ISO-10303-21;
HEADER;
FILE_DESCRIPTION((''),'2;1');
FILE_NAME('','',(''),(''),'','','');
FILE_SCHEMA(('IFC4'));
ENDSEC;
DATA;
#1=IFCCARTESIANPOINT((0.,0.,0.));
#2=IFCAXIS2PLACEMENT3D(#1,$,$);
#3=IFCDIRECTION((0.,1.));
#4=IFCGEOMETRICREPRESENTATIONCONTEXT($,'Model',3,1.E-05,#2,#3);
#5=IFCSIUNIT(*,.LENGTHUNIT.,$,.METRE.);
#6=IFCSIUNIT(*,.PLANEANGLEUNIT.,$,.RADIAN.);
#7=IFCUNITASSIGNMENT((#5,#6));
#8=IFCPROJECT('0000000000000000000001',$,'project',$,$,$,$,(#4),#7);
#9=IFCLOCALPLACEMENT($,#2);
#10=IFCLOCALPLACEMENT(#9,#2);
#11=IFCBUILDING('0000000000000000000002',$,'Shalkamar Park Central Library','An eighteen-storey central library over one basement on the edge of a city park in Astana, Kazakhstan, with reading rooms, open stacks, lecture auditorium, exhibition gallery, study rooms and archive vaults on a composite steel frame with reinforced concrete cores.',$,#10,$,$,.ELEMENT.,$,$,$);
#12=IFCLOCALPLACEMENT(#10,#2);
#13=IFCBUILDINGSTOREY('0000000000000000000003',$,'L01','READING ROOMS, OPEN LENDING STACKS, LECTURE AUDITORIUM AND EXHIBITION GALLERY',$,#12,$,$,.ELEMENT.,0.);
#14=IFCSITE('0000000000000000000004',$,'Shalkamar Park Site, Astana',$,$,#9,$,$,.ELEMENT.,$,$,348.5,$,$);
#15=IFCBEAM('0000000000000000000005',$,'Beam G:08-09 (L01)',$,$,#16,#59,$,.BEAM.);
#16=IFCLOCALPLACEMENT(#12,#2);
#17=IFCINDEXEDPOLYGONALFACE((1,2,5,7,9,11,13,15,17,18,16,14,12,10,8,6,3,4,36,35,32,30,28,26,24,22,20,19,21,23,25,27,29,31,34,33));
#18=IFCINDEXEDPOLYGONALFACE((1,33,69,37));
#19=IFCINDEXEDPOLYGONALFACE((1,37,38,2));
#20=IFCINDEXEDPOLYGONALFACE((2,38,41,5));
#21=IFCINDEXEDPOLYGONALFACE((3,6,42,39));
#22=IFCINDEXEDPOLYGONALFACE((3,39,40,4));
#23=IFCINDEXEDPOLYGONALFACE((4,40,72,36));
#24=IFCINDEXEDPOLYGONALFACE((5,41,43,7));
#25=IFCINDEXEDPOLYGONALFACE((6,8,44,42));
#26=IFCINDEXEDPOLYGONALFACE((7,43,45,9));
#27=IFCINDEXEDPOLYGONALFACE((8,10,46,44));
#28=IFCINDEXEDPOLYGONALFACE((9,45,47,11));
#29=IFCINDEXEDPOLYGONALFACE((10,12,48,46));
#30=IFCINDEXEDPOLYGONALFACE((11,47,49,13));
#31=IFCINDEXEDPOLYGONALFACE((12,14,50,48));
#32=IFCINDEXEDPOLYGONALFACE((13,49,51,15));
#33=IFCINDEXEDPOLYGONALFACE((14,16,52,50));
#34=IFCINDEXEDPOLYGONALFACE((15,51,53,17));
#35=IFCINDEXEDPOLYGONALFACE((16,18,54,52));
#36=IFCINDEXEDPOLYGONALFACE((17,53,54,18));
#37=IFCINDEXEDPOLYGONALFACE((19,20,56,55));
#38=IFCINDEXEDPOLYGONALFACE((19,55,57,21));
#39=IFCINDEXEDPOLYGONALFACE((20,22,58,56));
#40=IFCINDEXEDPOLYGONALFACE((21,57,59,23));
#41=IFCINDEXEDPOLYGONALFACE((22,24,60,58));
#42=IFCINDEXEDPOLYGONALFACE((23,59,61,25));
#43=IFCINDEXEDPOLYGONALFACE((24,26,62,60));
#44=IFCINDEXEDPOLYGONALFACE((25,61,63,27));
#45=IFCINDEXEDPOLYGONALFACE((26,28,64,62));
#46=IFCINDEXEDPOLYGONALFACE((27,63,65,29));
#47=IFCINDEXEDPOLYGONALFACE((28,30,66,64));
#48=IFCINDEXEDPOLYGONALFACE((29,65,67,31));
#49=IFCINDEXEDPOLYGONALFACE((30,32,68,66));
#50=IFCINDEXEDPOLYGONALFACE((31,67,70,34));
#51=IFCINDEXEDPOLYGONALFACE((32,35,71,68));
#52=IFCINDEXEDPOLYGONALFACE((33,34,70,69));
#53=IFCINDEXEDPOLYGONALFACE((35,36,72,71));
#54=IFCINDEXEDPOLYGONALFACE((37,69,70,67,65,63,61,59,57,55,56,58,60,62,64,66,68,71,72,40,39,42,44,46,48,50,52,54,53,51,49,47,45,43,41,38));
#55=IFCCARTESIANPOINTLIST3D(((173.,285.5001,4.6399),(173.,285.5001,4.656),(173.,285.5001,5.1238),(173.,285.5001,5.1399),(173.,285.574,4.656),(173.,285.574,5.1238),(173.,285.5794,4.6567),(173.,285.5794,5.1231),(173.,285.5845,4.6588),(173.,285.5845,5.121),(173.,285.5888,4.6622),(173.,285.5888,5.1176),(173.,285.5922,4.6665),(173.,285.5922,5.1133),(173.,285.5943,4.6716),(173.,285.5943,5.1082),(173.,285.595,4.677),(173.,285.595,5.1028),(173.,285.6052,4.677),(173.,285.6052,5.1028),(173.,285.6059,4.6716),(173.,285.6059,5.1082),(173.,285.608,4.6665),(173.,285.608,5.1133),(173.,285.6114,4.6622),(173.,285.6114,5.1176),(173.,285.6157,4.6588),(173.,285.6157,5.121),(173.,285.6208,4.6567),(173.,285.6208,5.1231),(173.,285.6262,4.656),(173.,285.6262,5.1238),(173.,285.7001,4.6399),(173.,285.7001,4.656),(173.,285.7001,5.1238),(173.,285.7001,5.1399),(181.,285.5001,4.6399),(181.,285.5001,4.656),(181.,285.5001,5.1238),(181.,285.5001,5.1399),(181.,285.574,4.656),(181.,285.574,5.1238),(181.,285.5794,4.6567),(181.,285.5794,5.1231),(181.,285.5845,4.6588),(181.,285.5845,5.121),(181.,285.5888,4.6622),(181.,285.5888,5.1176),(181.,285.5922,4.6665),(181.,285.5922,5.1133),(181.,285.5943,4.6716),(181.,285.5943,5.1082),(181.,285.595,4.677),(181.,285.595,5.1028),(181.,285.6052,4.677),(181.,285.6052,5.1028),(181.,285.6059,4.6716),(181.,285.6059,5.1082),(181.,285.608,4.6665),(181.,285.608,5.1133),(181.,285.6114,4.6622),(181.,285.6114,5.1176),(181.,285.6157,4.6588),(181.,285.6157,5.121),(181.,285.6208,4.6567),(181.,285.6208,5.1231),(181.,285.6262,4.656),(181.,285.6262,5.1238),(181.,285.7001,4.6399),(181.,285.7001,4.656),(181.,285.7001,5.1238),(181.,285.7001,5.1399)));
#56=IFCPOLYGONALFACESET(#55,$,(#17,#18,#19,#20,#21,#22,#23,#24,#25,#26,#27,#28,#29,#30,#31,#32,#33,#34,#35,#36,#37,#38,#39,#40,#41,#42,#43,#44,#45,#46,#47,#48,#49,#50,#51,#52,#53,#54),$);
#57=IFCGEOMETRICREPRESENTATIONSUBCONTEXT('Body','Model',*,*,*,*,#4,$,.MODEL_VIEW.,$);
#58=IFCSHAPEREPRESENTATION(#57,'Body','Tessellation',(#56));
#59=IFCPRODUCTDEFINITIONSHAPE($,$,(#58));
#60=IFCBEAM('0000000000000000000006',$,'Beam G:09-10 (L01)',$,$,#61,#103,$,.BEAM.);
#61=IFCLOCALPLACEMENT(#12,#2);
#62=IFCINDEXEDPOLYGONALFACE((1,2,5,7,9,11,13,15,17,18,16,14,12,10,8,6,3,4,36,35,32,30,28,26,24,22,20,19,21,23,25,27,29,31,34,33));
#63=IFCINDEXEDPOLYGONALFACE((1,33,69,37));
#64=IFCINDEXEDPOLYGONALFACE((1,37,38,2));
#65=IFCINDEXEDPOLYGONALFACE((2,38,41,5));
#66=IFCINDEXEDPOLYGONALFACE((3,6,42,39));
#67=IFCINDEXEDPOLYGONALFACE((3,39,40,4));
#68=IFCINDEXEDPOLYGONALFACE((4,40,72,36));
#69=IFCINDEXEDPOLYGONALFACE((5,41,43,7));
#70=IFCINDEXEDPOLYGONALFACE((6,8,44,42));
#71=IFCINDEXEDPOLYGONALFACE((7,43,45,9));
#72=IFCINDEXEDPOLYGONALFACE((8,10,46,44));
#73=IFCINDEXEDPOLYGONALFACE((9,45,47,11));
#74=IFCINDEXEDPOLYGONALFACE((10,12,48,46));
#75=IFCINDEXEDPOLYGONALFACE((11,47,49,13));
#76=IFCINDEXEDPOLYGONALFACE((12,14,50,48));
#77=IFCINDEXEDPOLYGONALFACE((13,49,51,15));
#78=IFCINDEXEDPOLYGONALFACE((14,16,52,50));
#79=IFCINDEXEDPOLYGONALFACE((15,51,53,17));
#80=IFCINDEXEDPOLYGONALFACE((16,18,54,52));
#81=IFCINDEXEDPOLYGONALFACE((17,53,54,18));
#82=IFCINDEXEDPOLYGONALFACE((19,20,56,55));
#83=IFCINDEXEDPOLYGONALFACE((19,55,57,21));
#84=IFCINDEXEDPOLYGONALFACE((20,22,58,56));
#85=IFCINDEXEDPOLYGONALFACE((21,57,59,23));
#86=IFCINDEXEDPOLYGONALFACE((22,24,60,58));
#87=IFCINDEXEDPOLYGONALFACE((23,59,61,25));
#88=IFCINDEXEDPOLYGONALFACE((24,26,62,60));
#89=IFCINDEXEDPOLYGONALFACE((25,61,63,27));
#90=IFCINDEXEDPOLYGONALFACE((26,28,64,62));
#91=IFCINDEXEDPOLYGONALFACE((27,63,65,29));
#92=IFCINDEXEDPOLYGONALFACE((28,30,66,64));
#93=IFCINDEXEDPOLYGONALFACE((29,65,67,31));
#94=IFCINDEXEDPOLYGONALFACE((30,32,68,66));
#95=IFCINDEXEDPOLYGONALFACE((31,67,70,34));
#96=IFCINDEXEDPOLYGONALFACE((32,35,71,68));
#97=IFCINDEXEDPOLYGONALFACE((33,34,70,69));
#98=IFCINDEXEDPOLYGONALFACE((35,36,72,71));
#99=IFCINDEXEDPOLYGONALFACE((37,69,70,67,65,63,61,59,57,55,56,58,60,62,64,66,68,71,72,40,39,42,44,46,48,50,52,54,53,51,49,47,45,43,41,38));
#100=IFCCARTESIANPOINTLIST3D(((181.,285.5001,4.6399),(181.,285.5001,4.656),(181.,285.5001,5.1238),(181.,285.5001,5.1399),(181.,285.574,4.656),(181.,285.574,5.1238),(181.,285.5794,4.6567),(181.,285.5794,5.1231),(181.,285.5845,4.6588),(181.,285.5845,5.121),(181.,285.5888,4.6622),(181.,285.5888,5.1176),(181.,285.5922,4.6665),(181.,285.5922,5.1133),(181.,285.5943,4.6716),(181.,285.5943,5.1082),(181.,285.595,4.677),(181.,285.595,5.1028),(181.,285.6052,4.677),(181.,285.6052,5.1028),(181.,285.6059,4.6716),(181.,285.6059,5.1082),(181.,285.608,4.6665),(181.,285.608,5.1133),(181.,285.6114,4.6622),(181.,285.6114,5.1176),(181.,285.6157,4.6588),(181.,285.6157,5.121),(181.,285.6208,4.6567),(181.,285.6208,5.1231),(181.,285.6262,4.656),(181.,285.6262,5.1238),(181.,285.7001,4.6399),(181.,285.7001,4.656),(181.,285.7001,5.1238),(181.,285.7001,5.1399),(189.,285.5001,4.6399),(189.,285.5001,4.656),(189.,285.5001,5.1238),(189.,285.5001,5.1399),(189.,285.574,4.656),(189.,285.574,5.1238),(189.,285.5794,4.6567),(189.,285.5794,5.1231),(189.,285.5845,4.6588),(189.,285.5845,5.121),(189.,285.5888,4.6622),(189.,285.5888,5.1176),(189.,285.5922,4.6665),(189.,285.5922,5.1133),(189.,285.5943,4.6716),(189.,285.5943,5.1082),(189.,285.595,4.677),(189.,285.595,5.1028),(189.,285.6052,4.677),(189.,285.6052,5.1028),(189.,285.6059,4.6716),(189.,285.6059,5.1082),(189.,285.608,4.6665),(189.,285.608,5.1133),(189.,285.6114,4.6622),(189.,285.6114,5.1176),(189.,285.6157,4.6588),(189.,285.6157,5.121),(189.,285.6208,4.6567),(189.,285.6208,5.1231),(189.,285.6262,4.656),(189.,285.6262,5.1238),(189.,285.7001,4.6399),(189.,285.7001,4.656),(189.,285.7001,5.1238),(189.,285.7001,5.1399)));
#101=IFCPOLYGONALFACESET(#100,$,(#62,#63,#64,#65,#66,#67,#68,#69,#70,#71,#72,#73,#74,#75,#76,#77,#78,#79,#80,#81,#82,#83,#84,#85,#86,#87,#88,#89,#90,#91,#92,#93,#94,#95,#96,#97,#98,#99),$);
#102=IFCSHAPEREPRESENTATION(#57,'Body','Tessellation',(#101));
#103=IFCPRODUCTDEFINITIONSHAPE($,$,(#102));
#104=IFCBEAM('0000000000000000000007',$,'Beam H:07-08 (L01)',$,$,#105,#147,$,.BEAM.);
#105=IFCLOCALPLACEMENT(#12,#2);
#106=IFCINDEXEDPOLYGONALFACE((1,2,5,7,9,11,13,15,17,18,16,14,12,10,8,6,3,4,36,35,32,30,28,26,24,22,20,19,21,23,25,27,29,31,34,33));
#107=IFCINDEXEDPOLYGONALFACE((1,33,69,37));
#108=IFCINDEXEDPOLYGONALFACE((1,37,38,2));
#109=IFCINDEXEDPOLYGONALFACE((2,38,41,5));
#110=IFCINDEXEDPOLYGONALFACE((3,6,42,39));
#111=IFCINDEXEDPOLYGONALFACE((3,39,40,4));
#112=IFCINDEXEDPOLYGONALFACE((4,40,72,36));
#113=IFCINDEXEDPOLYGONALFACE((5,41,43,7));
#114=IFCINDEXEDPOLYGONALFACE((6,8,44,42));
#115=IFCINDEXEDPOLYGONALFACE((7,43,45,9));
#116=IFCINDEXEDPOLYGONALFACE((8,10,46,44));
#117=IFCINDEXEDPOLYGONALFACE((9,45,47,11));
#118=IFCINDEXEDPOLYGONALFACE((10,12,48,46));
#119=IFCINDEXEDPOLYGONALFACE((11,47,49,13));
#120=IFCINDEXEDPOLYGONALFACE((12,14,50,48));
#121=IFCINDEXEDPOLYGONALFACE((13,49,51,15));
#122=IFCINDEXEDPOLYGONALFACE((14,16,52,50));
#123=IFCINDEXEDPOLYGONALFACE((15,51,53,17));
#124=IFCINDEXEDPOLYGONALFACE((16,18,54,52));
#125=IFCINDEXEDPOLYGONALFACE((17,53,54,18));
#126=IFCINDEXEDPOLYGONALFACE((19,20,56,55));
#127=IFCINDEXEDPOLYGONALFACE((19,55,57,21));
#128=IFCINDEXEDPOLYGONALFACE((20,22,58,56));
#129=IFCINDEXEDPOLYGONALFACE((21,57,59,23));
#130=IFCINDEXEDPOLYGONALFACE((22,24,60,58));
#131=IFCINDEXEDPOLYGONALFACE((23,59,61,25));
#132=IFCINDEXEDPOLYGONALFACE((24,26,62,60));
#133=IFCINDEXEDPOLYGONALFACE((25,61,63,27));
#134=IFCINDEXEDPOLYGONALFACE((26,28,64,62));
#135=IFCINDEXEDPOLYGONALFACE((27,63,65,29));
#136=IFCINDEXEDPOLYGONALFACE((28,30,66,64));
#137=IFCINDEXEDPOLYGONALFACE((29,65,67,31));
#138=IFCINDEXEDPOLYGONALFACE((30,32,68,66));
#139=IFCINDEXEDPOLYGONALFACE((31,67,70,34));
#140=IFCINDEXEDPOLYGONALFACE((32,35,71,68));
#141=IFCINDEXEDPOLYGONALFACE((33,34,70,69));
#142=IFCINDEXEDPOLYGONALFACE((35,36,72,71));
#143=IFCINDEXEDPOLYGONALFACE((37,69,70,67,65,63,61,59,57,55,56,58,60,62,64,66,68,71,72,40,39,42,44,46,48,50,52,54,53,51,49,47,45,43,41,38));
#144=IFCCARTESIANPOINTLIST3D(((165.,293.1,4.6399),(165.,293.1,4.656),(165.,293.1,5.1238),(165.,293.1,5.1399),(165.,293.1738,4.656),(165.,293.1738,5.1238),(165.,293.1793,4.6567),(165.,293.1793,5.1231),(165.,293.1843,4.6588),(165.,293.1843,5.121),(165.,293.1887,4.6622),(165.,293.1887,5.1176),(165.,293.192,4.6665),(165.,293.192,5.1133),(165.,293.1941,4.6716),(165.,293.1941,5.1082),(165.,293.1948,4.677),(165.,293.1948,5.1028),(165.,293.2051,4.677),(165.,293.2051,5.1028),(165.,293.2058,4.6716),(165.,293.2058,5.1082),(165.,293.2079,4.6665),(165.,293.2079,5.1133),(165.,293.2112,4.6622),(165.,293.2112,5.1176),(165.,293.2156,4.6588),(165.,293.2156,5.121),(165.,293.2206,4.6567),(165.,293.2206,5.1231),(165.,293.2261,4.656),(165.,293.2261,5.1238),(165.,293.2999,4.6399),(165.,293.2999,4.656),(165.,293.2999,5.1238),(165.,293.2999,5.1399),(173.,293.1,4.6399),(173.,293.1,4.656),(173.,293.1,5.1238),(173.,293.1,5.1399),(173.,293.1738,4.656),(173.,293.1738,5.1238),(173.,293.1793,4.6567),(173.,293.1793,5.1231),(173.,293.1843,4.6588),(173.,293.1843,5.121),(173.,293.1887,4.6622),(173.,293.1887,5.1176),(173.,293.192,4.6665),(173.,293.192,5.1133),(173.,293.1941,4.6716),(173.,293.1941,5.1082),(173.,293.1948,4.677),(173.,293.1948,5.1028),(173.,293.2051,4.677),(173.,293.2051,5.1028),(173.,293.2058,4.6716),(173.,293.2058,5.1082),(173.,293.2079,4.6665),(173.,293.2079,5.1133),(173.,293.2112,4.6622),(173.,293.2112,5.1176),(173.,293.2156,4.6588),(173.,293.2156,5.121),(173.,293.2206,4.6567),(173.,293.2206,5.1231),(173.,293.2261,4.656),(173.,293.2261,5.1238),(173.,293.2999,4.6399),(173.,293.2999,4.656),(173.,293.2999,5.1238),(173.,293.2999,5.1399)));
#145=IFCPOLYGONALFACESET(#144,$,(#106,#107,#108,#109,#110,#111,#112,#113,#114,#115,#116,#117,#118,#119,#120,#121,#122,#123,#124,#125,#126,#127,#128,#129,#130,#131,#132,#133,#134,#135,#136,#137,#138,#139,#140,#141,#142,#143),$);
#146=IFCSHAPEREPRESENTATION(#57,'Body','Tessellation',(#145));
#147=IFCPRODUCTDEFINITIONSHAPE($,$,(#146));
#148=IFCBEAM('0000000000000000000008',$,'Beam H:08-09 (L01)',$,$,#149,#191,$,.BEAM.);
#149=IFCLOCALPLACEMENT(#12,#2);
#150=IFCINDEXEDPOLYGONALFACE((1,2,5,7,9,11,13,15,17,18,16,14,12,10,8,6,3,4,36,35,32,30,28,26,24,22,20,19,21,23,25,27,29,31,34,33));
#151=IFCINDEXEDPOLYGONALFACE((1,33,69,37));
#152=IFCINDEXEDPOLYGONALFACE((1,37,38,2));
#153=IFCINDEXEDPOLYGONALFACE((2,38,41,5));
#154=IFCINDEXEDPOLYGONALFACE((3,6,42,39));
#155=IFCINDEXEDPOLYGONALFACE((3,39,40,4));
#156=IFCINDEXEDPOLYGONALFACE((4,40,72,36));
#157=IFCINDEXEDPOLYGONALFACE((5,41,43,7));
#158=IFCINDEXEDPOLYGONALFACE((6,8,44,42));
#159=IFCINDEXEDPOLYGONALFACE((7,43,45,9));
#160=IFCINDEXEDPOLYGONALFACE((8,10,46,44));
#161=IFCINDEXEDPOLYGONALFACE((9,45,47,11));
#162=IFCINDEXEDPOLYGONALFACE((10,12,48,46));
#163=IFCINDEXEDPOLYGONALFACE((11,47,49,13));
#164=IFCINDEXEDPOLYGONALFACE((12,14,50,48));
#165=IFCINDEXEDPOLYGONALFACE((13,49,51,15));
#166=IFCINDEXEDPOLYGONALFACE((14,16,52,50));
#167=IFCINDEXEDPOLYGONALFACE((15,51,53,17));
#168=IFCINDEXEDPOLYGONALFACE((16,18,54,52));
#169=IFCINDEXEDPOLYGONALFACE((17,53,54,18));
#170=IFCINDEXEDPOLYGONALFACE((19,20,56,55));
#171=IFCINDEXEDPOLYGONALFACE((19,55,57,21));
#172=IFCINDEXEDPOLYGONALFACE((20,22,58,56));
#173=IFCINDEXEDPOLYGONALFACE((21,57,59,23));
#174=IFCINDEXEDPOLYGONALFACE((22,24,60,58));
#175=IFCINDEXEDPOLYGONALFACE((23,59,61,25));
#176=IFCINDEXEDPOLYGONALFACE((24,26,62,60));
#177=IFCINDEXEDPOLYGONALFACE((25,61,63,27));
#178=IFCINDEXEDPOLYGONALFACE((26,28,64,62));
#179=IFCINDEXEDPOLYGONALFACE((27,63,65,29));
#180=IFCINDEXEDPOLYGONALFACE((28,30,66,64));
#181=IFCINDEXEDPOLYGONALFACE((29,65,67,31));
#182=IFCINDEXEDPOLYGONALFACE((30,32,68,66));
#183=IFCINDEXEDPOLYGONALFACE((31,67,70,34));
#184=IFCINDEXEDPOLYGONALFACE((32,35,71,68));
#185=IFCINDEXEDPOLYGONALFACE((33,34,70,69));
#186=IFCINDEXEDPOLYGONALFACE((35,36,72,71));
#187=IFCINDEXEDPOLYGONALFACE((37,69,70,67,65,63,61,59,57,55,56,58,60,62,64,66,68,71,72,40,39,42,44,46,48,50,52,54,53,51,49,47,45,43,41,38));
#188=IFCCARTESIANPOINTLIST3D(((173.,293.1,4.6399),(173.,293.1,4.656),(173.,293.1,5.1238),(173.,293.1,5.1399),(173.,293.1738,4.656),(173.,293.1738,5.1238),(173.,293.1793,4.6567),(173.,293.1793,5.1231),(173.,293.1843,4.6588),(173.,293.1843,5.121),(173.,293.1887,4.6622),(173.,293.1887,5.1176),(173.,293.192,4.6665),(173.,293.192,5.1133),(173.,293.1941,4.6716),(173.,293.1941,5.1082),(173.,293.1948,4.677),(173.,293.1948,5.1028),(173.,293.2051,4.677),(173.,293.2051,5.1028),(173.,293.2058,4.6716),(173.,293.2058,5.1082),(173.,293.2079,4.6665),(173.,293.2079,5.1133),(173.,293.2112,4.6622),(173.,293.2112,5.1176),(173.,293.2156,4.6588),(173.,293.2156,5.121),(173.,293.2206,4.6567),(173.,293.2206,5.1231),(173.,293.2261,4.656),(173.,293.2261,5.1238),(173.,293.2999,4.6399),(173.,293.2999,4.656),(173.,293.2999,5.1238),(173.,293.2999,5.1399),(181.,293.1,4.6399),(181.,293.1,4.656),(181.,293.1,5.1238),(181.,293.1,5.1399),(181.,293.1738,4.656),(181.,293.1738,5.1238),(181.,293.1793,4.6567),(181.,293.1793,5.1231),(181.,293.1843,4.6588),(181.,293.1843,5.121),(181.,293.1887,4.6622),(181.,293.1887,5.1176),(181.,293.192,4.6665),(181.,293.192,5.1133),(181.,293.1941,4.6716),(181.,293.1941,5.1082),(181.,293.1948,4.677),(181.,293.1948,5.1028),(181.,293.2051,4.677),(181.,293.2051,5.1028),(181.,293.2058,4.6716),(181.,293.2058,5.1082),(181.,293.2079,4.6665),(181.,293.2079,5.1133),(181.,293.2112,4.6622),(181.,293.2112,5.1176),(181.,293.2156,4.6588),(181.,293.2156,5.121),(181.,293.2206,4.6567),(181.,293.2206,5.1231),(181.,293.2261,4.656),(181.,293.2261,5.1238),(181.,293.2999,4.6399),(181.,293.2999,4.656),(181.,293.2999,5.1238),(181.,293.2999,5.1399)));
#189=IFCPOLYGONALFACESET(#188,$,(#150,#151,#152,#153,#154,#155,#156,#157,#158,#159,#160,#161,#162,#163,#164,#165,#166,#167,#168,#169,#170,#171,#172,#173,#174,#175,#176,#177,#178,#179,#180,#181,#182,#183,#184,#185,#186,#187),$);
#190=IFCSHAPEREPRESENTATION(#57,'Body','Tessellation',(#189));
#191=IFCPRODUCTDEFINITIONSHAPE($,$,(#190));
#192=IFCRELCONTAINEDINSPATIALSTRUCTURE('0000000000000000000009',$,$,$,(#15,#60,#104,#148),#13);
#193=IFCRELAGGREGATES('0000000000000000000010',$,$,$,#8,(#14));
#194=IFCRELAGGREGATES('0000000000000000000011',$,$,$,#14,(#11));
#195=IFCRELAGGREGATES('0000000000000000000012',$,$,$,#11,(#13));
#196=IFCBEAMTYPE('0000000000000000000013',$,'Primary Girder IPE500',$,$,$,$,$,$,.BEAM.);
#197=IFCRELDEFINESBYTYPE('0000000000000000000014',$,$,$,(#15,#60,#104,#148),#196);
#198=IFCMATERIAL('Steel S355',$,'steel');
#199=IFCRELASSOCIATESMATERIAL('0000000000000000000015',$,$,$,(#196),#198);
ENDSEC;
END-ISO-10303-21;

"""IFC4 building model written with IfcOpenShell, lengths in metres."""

from ifc_helpers import new_model, si_unit, direction, frame, origin, origin_2d, place, context, subcontext, project, spatial, i_section, extrude, material, material_profile, profile_set, type_object, element, save


model = new_model("IFC4")

# Units and contexts
model_context = context("Model", 3, precision=1e-05, world=origin(), true_north=direction((0.0, 1.0)))
body_context = subcontext(model_context, "Body", "Model", "MODEL_VIEW")
ifc_project = project(units=[si_unit("LENGTHUNIT", "METRE"), si_unit("PLANEANGLEUNIT", "RADIAN")], contexts=[model_context])

# Site, building, storey
site_placement = place(None, origin())
site = spatial("IfcSite", under=ifc_project, at=site_placement, Name="Shalkamar Park Site, Astana", CompositionType="ELEMENT", RefElevation=348.5)
building_placement = place(site_placement, origin())
building = spatial("IfcBuilding", under=site, at=building_placement, Name="Shalkamar Park Central Library", Description="An eighteen-storey central library over one basement on the edge of a city park in Astana, Kazakhstan, with reading rooms, open stacks, lecture auditorium, exhibition gallery, study rooms and archive vaults on a composite steel frame with reinforced concrete cores.", CompositionType="ELEMENT")
storey_placement = place(building_placement, origin())
storey = spatial("IfcBuildingStorey", under=building, at=storey_placement, Name="L01", Description="READING ROOMS, OPEN LENDING STACKS, LECTURE AUDITORIUM AND EXHIBITION GALLERY", CompositionType="ELEMENT", Elevation=0.0)

# Shared definitions
ifc_material = material(Name="Steel S355", Category="steel")

# Beams
ifc_material_profile_1 = material_profile(ifc_material, i_section(OverallWidth=0.2, OverallDepth=0.5, WebThickness=0.0103, FlangeThickness=0.0161, FilletRadius=0.021, at=origin_2d()), Name="IPE 500")
ifc_profile_set_1 = profile_set([ifc_material_profile_1], Name="Steel S355")
beam_type_1 = type_object("IfcBeamType", Name="Primary Girder IPE500", PredefinedType="BEAM", material=ifc_profile_set_1)
for number, where, z_axis, x_axis, name in (
    (1, (173.0, 285.6001, 4.8899), (1.0, 0.0, 0.0), (0.0, 1.0, 0.0), "Beam G:08-09 (L01)"),
    (2, (181.0, 285.6001, 4.8899), (1.0, 0.0, 0.0), (0.0, 1.0, 0.0), "Beam G:09-10 (L01)"),
    (3, (165.0, 293.2, 4.8899), (1.0, 0.0, 0.0), (0.0, 1.0, 0.0), "Beam H:07-08 (L01)"),
    (4, (173.0, 293.2, 4.8899), (1.0, 0.0, 0.0), (0.0, 1.0, 0.0), "Beam H:08-09 (L01)"),
):
    element("IfcBeam", number, at=place(storey_placement, frame(where, z_axis=z_axis, x_axis=x_axis)), inside=storey, type_object=beam_type_1, Name=name, PredefinedType="BEAM", context=body_context, shape_type="SweptSolid", body=[
        extrude(i_section(OverallWidth=0.2, OverallDepth=0.5, WebThickness=0.0103, FlangeThickness=0.0161, FilletRadius=0.021, at=origin_2d()), origin(), (0.0, 0.0, 1.0), 8.0),
    ])

save(model, "model.ifc")
